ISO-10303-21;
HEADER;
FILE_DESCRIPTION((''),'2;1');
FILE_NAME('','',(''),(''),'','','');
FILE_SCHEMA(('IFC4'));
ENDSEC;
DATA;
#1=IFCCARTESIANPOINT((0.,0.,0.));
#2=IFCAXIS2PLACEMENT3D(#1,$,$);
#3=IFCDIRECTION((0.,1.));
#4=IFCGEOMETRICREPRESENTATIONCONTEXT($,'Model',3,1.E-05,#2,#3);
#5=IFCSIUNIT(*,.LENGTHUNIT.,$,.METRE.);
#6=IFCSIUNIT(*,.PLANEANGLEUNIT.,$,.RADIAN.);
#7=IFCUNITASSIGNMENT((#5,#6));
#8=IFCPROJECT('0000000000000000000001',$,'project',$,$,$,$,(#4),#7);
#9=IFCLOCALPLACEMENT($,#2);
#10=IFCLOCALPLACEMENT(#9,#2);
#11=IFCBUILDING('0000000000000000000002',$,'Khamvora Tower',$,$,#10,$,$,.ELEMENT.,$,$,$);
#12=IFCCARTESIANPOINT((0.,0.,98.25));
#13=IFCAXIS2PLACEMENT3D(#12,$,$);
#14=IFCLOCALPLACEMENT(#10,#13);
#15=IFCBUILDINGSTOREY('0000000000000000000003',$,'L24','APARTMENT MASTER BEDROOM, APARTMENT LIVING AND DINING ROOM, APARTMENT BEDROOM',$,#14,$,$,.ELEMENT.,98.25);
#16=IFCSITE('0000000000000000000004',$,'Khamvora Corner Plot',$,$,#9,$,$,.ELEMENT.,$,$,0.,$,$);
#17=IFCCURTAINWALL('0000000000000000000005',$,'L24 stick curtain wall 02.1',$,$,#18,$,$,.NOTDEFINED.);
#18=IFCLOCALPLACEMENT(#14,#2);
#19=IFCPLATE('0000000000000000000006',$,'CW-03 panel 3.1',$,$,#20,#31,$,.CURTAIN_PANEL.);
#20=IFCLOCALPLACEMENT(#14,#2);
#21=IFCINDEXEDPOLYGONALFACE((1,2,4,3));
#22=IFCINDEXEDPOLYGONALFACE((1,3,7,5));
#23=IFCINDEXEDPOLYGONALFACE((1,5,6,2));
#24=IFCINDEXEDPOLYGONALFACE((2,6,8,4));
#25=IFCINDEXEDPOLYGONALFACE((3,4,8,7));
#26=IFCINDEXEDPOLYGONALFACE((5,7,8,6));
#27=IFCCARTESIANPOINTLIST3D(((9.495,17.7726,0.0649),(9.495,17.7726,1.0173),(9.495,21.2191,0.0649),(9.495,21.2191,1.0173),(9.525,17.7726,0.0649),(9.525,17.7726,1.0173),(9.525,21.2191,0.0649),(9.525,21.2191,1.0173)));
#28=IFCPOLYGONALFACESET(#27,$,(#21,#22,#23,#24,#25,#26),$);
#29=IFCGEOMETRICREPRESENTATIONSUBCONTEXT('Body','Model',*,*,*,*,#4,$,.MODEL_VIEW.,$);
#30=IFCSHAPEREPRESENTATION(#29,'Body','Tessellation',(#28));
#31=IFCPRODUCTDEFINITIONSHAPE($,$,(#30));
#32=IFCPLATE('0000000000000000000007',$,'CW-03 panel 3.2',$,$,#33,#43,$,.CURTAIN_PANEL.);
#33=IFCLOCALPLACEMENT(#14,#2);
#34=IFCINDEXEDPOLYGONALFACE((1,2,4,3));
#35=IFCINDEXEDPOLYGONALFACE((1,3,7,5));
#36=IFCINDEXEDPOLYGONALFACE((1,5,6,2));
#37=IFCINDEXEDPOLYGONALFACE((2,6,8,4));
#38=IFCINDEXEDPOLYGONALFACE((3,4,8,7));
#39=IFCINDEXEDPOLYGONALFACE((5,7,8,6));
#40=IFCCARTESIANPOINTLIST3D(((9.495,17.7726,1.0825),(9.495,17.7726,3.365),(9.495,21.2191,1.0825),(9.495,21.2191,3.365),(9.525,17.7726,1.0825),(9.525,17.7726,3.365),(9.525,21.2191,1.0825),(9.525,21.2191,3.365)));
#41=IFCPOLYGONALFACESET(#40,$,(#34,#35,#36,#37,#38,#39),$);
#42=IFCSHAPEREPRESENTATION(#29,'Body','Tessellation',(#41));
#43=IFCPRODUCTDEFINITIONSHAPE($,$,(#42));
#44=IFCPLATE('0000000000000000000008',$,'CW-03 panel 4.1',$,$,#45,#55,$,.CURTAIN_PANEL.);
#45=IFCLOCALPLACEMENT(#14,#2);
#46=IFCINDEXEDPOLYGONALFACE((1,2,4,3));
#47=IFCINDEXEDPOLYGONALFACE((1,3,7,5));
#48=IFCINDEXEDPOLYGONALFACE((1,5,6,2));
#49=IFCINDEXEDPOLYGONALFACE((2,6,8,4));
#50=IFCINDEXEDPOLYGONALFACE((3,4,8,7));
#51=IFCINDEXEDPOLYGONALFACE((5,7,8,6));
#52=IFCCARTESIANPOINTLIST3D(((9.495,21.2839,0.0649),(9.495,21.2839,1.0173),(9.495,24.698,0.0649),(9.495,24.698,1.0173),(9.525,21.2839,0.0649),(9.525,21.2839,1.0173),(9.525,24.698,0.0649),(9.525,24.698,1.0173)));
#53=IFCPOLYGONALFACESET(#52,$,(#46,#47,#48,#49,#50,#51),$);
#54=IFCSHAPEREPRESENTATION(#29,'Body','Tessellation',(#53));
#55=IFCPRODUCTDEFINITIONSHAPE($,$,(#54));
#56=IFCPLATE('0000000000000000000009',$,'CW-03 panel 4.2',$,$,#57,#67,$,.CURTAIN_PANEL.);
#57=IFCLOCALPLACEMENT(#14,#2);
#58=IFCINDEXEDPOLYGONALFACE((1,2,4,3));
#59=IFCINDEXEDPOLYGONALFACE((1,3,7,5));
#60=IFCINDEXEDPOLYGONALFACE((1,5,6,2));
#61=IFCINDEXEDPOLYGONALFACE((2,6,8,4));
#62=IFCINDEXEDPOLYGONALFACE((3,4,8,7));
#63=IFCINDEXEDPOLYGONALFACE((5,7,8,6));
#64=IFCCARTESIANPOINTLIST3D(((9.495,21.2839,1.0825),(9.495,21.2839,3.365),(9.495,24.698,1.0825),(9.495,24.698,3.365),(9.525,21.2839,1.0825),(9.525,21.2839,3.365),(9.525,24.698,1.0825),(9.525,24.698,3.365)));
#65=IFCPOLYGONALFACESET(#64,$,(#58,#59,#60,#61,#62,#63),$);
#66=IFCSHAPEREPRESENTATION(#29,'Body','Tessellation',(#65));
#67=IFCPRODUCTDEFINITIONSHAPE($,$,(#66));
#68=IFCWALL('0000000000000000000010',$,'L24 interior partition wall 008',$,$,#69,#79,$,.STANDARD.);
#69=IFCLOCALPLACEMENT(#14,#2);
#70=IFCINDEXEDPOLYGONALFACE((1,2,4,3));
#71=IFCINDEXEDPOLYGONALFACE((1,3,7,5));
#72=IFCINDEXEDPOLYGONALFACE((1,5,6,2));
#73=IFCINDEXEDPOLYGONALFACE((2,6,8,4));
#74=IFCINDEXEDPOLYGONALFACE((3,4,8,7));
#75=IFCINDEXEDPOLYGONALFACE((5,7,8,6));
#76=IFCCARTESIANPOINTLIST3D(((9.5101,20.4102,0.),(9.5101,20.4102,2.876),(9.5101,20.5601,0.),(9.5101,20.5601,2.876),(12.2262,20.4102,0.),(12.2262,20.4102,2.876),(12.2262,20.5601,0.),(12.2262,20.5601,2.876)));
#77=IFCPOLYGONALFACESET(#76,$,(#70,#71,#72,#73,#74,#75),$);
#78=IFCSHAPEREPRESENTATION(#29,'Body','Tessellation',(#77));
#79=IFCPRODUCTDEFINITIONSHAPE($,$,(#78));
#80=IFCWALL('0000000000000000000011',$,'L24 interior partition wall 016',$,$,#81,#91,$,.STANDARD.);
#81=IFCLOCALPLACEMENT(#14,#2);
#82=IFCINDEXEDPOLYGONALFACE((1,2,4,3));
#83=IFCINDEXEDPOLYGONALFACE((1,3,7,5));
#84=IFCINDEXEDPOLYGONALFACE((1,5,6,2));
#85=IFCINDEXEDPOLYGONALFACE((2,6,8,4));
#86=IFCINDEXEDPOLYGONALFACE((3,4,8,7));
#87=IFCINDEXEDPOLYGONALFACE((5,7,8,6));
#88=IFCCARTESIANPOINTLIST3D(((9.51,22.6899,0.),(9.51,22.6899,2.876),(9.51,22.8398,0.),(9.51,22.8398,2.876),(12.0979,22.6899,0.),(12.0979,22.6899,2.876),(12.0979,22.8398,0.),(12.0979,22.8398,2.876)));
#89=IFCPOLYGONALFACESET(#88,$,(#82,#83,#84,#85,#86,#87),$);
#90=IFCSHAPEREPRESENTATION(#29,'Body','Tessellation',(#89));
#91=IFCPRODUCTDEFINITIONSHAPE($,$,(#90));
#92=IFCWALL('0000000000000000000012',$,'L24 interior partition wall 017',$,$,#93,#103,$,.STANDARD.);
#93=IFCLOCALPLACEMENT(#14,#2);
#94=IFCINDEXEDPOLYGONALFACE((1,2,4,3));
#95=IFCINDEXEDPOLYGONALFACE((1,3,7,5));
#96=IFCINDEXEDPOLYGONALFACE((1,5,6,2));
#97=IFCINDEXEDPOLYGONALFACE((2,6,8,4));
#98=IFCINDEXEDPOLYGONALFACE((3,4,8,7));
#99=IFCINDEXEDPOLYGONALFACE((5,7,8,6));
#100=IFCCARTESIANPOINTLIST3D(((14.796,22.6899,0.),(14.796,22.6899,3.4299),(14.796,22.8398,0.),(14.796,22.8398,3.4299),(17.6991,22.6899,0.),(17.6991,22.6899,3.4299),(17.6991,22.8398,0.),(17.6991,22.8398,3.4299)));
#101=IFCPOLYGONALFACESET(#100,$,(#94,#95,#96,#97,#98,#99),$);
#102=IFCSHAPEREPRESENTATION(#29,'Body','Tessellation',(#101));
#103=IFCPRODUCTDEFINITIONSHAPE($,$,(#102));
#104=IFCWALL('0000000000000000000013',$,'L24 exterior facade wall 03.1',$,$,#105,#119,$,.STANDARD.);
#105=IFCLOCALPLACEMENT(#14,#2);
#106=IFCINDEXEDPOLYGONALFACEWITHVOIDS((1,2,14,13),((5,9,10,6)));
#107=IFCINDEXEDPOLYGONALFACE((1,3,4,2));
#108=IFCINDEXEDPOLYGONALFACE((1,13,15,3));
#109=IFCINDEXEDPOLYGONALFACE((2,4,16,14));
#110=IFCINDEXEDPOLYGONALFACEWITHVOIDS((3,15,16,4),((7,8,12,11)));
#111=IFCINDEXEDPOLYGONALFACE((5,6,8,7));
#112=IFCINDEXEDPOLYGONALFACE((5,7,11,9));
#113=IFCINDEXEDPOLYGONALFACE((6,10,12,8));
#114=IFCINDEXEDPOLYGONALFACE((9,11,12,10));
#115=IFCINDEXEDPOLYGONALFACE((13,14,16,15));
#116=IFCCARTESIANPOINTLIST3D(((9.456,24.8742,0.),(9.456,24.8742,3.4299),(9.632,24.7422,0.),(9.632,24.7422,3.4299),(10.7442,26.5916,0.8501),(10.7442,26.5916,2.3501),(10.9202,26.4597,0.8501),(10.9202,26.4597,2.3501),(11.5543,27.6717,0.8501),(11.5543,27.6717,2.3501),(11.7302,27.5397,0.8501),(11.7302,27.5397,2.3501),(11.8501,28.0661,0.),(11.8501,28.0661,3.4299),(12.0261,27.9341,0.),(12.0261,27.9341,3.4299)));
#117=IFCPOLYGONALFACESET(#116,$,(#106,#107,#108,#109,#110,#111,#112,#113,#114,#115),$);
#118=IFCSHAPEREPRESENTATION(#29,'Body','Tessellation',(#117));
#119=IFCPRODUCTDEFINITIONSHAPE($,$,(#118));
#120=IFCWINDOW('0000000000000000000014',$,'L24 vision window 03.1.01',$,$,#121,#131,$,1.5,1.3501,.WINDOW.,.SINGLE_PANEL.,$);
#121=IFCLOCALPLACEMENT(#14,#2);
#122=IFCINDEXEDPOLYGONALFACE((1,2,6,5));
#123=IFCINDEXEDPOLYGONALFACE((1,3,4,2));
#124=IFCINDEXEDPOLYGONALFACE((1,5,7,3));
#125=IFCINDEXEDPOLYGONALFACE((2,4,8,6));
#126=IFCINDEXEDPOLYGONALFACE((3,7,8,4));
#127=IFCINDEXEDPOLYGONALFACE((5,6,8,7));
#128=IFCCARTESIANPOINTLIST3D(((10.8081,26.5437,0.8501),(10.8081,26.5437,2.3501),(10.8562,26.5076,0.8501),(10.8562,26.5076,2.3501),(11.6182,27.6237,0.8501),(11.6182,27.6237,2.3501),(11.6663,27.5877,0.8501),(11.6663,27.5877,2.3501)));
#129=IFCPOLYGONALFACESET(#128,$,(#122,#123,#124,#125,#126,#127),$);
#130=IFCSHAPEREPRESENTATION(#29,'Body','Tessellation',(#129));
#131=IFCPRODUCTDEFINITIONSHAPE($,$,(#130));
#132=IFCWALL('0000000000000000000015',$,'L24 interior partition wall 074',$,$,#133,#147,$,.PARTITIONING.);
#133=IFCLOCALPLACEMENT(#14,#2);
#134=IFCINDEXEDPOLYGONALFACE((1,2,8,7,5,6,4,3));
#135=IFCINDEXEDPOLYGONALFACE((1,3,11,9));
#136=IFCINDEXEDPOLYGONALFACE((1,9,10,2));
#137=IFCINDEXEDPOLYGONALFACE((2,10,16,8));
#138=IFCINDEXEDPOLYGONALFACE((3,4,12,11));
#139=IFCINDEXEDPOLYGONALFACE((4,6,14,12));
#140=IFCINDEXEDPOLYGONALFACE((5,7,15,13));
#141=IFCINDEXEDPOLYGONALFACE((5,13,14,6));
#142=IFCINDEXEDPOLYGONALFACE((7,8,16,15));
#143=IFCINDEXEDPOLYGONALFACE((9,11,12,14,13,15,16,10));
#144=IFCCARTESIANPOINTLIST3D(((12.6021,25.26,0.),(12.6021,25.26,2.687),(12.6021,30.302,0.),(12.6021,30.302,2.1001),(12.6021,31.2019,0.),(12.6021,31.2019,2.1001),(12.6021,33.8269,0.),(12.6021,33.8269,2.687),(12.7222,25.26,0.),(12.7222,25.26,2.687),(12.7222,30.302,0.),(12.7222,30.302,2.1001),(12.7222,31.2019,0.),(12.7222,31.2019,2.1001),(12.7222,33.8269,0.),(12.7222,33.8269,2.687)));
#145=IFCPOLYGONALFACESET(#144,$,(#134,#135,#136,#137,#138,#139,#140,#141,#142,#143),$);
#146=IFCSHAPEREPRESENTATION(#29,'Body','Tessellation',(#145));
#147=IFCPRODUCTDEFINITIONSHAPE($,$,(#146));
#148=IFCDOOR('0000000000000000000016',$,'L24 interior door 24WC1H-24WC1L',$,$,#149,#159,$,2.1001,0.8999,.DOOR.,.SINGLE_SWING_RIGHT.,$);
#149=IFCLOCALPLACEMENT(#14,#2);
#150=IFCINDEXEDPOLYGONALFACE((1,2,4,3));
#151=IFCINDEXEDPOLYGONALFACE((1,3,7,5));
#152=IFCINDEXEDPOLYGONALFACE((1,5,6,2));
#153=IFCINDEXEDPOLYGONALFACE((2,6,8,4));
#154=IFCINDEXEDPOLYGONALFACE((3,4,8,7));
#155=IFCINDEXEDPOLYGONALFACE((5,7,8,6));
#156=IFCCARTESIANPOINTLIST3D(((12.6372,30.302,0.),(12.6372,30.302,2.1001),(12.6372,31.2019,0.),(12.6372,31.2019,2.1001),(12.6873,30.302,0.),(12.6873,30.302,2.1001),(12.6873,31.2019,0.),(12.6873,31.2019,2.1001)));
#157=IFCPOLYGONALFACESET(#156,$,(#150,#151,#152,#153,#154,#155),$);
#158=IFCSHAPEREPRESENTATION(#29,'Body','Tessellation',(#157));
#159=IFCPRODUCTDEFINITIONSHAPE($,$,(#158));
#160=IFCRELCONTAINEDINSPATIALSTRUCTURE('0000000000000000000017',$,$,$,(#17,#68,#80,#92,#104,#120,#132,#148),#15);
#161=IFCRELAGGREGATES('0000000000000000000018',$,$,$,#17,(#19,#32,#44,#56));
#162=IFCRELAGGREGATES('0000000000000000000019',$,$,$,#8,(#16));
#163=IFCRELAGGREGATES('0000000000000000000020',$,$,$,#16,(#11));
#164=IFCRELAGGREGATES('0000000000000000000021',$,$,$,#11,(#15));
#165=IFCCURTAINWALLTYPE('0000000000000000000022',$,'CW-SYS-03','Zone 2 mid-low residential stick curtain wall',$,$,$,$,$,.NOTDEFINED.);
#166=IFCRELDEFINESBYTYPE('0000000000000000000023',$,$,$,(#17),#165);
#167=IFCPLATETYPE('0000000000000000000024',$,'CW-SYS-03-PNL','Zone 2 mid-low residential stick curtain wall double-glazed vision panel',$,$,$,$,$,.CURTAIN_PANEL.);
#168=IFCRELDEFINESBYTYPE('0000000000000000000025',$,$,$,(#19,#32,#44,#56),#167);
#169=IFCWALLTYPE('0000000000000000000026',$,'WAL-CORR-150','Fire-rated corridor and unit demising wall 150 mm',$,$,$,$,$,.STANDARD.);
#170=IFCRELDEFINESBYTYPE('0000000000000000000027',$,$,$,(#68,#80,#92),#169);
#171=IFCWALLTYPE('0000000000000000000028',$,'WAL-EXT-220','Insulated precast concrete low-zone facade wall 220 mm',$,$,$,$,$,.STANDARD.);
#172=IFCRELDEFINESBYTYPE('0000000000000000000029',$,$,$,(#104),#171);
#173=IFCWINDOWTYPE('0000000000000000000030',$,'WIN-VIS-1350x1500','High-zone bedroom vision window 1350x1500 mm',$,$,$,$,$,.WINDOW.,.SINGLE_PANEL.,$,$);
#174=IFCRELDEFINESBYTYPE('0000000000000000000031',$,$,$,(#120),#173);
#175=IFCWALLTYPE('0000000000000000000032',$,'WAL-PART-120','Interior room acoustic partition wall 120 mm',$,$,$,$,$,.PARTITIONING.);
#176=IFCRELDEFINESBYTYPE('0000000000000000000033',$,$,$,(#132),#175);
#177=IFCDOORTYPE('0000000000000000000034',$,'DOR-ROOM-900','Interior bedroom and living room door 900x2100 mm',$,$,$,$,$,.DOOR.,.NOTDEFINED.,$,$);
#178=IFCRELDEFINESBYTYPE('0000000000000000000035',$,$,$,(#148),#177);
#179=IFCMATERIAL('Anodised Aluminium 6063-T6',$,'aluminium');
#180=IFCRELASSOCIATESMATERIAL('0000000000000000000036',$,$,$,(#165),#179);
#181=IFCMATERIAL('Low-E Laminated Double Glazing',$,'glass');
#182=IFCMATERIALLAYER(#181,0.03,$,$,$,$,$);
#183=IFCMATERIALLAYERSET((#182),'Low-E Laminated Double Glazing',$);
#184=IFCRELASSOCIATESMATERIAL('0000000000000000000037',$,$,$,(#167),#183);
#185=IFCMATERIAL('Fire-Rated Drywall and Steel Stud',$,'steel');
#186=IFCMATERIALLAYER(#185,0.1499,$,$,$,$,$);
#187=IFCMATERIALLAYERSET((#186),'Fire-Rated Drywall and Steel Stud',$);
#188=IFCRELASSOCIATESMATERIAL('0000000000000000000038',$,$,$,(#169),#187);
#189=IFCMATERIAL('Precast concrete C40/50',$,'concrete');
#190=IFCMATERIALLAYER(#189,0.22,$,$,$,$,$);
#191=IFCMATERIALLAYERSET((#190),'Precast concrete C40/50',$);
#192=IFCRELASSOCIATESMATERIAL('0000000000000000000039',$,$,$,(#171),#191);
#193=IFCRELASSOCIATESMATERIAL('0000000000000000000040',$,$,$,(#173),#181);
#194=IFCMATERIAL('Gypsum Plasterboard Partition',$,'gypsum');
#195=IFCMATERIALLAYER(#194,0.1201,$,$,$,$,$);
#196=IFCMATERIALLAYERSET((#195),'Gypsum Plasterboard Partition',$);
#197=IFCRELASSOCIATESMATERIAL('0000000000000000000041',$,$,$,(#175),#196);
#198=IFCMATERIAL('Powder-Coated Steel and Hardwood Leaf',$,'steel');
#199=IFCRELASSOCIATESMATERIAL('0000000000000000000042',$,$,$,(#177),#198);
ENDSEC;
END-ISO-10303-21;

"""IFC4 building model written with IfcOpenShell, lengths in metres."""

from ifc_helpers import new_model, si_unit, direction, frame, frame_2d, origin, origin_2d, place, context, subcontext, project, spatial, rectangle, extrude, material, layer, layer_set, type_object, element, fill, aggregate, save


model = new_model("IFC4")

# Units and contexts
model_context = context("Model", 3, precision=1e-05, world=origin(), true_north=direction((0.0, 1.0)))
body_context = subcontext(model_context, "Body", "Model", "MODEL_VIEW")
ifc_project = project(units=[si_unit("LENGTHUNIT", "METRE"), si_unit("PLANEANGLEUNIT", "RADIAN")], contexts=[model_context])

# Site, building, storey
site_placement = place(None, origin())
site = spatial("IfcSite", under=ifc_project, at=site_placement, Name="Khamvora Corner Plot", CompositionType="ELEMENT", RefElevation=0.0)
building_placement = place(site_placement, origin())
building = spatial("IfcBuilding", under=site, at=building_placement, Name="Khamvora Tower", CompositionType="ELEMENT")
storey_placement = place(building_placement, frame((0.0, 0.0, 98.25)))
storey = spatial("IfcBuildingStorey", under=building, at=storey_placement, Name="L24", Description="APARTMENT MASTER BEDROOM, APARTMENT LIVING AND DINING ROOM, APARTMENT BEDROOM", CompositionType="ELEMENT", Elevation=98.25)

# Curtain wall, plates
ifc_material_1 = material(Name="Anodised Aluminium 6063-T6", Category="aluminium")
curtain_wall_type = type_object("IfcCurtainWallType", Name="CW-SYS-03", Description="Zone 2 mid-low residential stick curtain wall", PredefinedType="NOTDEFINED", material=ifc_material_1)
curtain_wall_placement = place(storey_placement, origin())
curtain_wall = element("IfcCurtainWall", 1, at=curtain_wall_placement, inside=storey, type_object=curtain_wall_type, Name="L24 stick curtain wall 02.1", PredefinedType="NOTDEFINED")
ifc_material_2 = material(Name="Low-E Laminated Double Glazing", Category="glass")
ifc_layer_1 = layer(ifc_material_2, 0.03)
ifc_layer_set_1 = layer_set([ifc_layer_1], Name="Low-E Laminated Double Glazing")
plate_type = type_object("IfcPlateType", Name="CW-SYS-03-PNL", Description="Zone 2 mid-low residential stick curtain wall double-glazed vision panel", PredefinedType="CURTAIN_PANEL", material=ifc_layer_set_1)
plate_1_placement = place(storey_placement, frame((9.51, 19.4958, 0.0649), z_axis=(0.0, 0.0, 1.0), x_axis=(0.0, 1.0, 0.0)))
plate_1 = element("IfcPlate", 2, at=plate_1_placement, type_object=plate_type, Name="CW-03 panel 3.1", PredefinedType="CURTAIN_PANEL", context=body_context, shape_type="SweptSolid", body=[
    extrude(rectangle(XDim=3.4465, YDim=0.03, at=origin_2d()), origin(), (0.0, 0.0, 1.0), 0.9524),
])
plate_2_placement = place(storey_placement, frame((9.51, 19.4958, 1.0825), z_axis=(0.0, 0.0, 1.0), x_axis=(0.0, 1.0, 0.0)))
plate_2 = element("IfcPlate", 3, at=plate_2_placement, type_object=plate_type, Name="CW-03 panel 3.2", PredefinedType="CURTAIN_PANEL", context=body_context, shape_type="SweptSolid", body=[
    extrude(rectangle(XDim=3.4465, YDim=0.03, at=origin_2d()), origin(), (0.0, 0.0, 1.0), 2.2825),
])
plate_3_placement = place(storey_placement, frame((9.51, 22.991, 0.0649), z_axis=(0.0, 0.0, 1.0), x_axis=(0.0, 1.0, 0.0)))
plate_3 = element("IfcPlate", 4, at=plate_3_placement, type_object=plate_type, Name="CW-03 panel 4.1", PredefinedType="CURTAIN_PANEL", context=body_context, shape_type="SweptSolid", body=[
    extrude(rectangle(XDim=3.4141, YDim=0.03, at=origin_2d()), origin(), (0.0, 0.0, 1.0), 0.9524),
])
plate_4_placement = place(storey_placement, frame((9.51, 22.991, 1.0825), z_axis=(0.0, 0.0, 1.0), x_axis=(0.0, 1.0, 0.0)))
plate_4 = element("IfcPlate", 5, at=plate_4_placement, type_object=plate_type, Name="CW-03 panel 4.2", PredefinedType="CURTAIN_PANEL", context=body_context, shape_type="SweptSolid", body=[
    extrude(rectangle(XDim=3.4141, YDim=0.03, at=origin_2d()), origin(), (0.0, 0.0, 1.0), 2.2825),
])
aggregate(curtain_wall, [plate_1, plate_2, plate_3, plate_4])

# Shared definitions
ifc_material_3 = material(Name="Fire-Rated Drywall and Steel Stud", Category="steel")
ifc_layer_2 = layer(ifc_material_3, 0.1499)
ifc_layer_set_2 = layer_set([ifc_layer_2], Name="Fire-Rated Drywall and Steel Stud")
wall_type_1 = type_object("IfcWallType", Name="WAL-CORR-150", Description="Fire-rated corridor and unit demising wall 150 mm", PredefinedType="STANDARD", material=ifc_layer_set_2)
ifc_material_4 = material(Name="Powder-Coated Steel and Hardwood Leaf", Category="steel")

# Wall
wall_1_placement = place(storey_placement, frame((12.2261, 20.4851, 0.0), z_axis=(0.0, 0.0, 1.0), x_axis=(-1.0, 0.0, 0.0)))
element("IfcWall", 6, at=wall_1_placement, inside=storey, type_object=wall_type_1, Name="L24 interior partition wall 008", PredefinedType="STANDARD", context=body_context, shape_type="SweptSolid", body=[
    extrude(rectangle(XDim=2.7161, YDim=0.1499, at=frame_2d((1.3579, 0.0))), origin(), (0.0, 0.0, 1.0), 2.876),
])

# Walls
wall_2_placement = place(storey_placement, frame((9.51, 22.7649, 0.0), z_axis=(0.0, 0.0, 1.0), x_axis=(1.0, 0.0, 0.0)))
element("IfcWall", 7, at=wall_2_placement, inside=storey, type_object=wall_type_1, Name="L24 interior partition wall 016", PredefinedType="STANDARD", context=body_context, shape_type="SweptSolid", body=[
    extrude(rectangle(XDim=2.5879, YDim=0.1499, at=frame_2d((1.2939, 0.0))), origin(), (0.0, 0.0, 1.0), 2.876),
])
wall_3_placement = place(storey_placement, frame((14.7959, 22.7649, 0.0), z_axis=(0.0, 0.0, 1.0), x_axis=(1.0, 0.0, 0.0)))
element("IfcWall", 8, at=wall_3_placement, inside=storey, type_object=wall_type_1, Name="L24 interior partition wall 017", PredefinedType="STANDARD", context=body_context, shape_type="SweptSolid", body=[
    extrude(rectangle(XDim=2.9031, YDim=0.1499, at=frame_2d((1.4517, 0.0))), origin(), (0.0, 0.0, 1.0), 3.4299),
])

# Wall, opening, window
ifc_material_5 = material(Name="Precast concrete C40/50", Category="concrete")
ifc_layer_3 = layer(ifc_material_5, 0.22)
ifc_layer_set_3 = layer_set([ifc_layer_3], Name="Precast concrete C40/50")
wall_type_2 = type_object("IfcWallType", Name="WAL-EXT-220", Description="Insulated precast concrete low-zone facade wall 220 mm", PredefinedType="STANDARD", material=ifc_layer_set_3)
wall_4_placement = place(storey_placement, frame((9.5439, 24.8081, 0.0), z_axis=(0.0, 0.0, 1.0), x_axis=(0.60002, 0.799985, 0.0)))
wall_4 = element("IfcWall", 9, at=wall_4_placement, inside=storey, type_object=wall_type_2, Name="L24 exterior facade wall 03.1", PredefinedType="STANDARD", context=body_context, shape_type="SweptSolid", body=[
    extrude(rectangle(XDim=3.99, YDim=0.22, at=frame_2d((1.9951, 0.0))), origin(), (0.0, 0.0, 1.0), 3.4299),
])
opening_1_placement = place(wall_4_placement, frame((2.147, 0.0, 0.8501)))
opening_1 = element("IfcOpeningElement", 10, at=opening_1_placement, cuts=wall_4, PredefinedType="OPENING", context=body_context, shape_type="SweptSolid", body=[
    extrude(rectangle(XDim=1.3501, YDim=1.5, at=frame_2d((0.675, 0.75))), frame((0.0, 0.1199, 0.0), z_axis=(0.0, -1.0, 0.0), x_axis=(1.0, 0.0, 0.0)), (0.0, 0.0, 1.0), 0.24),
])
window_type = type_object("IfcWindowType", Name="WIN-VIS-1350x1500", Description="High-zone bedroom vision window 1350x1500 mm", PartitioningType="SINGLE_PANEL", PredefinedType="WINDOW", material=ifc_material_2)
window_placement = place(opening_1_placement, origin())
window = element("IfcWindow", 11, at=window_placement, inside=storey, type_object=window_type, Name="L24 vision window 03.1.01", OverallHeight=1.5, OverallWidth=1.3501, PartitioningType="SINGLE_PANEL", PredefinedType="WINDOW", context=body_context, shape_type="SweptSolid", body=[
    extrude(rectangle(XDim=1.3501, YDim=1.5, at=frame_2d((0.675, 0.75))), frame((0.0, 0.03, 0.0), z_axis=(0.0, -1.0, 0.0), x_axis=(1.0, 0.0, 0.0)), (0.0, 0.0, 1.0), 0.0601),
])
fill(opening_1, window)

# Wall, opening, door
ifc_material_6 = material(Name="Gypsum Plasterboard Partition", Category="gypsum")
ifc_layer_4 = layer(ifc_material_6, 0.1201)
ifc_layer_set_4 = layer_set([ifc_layer_4], Name="Gypsum Plasterboard Partition")
wall_type_3 = type_object("IfcWallType", Name="WAL-PART-120", Description="Interior room acoustic partition wall 120 mm", PredefinedType="PARTITIONING", material=ifc_layer_set_4)
wall_5_placement = place(storey_placement, frame((12.6621, 25.26, 0.0), z_axis=(0.0, 0.0, 1.0), x_axis=(0.0, 1.0, 0.0)))
wall_5 = element("IfcWall", 12, at=wall_5_placement, inside=storey, type_object=wall_type_3, Name="L24 interior partition wall 074", PredefinedType="PARTITIONING", context=body_context, shape_type="SweptSolid", body=[
    extrude(rectangle(XDim=8.5669, YDim=0.1201, at=frame_2d((4.2834, 0.0))), origin(), (0.0, 0.0, 1.0), 2.687),
])
opening_2_placement = place(wall_5_placement, frame((5.042, 0.0, 0.0)))
opening_2 = element("IfcOpeningElement", 13, at=opening_2_placement, cuts=wall_5, PredefinedType="OPENING", context=body_context, shape_type="SweptSolid", body=[
    extrude(rectangle(XDim=0.8999, YDim=2.1001, at=frame_2d((0.45, 1.05))), frame((0.0, 0.0701, 0.0), z_axis=(0.0, -1.0, 0.0), x_axis=(1.0, 0.0, 0.0)), (0.0, 0.0, 1.0), 0.1401),
])
door_type_1 = type_object("IfcDoorType", Name="DOR-ROOM-900", Description="Interior bedroom and living room door 900x2100 mm", OperationType="NOTDEFINED", PredefinedType="DOOR", material=ifc_material_4)
door_1_placement = place(opening_2_placement, origin())
door_1 = element("IfcDoor", 14, at=door_1_placement, inside=storey, type_object=door_type_1, Name="L24 interior door 24WC1H-24WC1L", OperationType="SINGLE_SWING_RIGHT", OverallHeight=2.1001, OverallWidth=0.8999, PredefinedType="DOOR", context=body_context, shape_type="SweptSolid", body=[
    extrude(rectangle(XDim=0.8999, YDim=2.1001, at=frame_2d((0.45, 1.05))), frame((0.0, 0.0249, 0.0), z_axis=(0.0, -1.0, 0.0), x_axis=(1.0, 0.0, 0.0)), (0.0, 0.0, 1.0), 0.05),
])
fill(opening_2, door_1)

save(model, "model.ifc")
